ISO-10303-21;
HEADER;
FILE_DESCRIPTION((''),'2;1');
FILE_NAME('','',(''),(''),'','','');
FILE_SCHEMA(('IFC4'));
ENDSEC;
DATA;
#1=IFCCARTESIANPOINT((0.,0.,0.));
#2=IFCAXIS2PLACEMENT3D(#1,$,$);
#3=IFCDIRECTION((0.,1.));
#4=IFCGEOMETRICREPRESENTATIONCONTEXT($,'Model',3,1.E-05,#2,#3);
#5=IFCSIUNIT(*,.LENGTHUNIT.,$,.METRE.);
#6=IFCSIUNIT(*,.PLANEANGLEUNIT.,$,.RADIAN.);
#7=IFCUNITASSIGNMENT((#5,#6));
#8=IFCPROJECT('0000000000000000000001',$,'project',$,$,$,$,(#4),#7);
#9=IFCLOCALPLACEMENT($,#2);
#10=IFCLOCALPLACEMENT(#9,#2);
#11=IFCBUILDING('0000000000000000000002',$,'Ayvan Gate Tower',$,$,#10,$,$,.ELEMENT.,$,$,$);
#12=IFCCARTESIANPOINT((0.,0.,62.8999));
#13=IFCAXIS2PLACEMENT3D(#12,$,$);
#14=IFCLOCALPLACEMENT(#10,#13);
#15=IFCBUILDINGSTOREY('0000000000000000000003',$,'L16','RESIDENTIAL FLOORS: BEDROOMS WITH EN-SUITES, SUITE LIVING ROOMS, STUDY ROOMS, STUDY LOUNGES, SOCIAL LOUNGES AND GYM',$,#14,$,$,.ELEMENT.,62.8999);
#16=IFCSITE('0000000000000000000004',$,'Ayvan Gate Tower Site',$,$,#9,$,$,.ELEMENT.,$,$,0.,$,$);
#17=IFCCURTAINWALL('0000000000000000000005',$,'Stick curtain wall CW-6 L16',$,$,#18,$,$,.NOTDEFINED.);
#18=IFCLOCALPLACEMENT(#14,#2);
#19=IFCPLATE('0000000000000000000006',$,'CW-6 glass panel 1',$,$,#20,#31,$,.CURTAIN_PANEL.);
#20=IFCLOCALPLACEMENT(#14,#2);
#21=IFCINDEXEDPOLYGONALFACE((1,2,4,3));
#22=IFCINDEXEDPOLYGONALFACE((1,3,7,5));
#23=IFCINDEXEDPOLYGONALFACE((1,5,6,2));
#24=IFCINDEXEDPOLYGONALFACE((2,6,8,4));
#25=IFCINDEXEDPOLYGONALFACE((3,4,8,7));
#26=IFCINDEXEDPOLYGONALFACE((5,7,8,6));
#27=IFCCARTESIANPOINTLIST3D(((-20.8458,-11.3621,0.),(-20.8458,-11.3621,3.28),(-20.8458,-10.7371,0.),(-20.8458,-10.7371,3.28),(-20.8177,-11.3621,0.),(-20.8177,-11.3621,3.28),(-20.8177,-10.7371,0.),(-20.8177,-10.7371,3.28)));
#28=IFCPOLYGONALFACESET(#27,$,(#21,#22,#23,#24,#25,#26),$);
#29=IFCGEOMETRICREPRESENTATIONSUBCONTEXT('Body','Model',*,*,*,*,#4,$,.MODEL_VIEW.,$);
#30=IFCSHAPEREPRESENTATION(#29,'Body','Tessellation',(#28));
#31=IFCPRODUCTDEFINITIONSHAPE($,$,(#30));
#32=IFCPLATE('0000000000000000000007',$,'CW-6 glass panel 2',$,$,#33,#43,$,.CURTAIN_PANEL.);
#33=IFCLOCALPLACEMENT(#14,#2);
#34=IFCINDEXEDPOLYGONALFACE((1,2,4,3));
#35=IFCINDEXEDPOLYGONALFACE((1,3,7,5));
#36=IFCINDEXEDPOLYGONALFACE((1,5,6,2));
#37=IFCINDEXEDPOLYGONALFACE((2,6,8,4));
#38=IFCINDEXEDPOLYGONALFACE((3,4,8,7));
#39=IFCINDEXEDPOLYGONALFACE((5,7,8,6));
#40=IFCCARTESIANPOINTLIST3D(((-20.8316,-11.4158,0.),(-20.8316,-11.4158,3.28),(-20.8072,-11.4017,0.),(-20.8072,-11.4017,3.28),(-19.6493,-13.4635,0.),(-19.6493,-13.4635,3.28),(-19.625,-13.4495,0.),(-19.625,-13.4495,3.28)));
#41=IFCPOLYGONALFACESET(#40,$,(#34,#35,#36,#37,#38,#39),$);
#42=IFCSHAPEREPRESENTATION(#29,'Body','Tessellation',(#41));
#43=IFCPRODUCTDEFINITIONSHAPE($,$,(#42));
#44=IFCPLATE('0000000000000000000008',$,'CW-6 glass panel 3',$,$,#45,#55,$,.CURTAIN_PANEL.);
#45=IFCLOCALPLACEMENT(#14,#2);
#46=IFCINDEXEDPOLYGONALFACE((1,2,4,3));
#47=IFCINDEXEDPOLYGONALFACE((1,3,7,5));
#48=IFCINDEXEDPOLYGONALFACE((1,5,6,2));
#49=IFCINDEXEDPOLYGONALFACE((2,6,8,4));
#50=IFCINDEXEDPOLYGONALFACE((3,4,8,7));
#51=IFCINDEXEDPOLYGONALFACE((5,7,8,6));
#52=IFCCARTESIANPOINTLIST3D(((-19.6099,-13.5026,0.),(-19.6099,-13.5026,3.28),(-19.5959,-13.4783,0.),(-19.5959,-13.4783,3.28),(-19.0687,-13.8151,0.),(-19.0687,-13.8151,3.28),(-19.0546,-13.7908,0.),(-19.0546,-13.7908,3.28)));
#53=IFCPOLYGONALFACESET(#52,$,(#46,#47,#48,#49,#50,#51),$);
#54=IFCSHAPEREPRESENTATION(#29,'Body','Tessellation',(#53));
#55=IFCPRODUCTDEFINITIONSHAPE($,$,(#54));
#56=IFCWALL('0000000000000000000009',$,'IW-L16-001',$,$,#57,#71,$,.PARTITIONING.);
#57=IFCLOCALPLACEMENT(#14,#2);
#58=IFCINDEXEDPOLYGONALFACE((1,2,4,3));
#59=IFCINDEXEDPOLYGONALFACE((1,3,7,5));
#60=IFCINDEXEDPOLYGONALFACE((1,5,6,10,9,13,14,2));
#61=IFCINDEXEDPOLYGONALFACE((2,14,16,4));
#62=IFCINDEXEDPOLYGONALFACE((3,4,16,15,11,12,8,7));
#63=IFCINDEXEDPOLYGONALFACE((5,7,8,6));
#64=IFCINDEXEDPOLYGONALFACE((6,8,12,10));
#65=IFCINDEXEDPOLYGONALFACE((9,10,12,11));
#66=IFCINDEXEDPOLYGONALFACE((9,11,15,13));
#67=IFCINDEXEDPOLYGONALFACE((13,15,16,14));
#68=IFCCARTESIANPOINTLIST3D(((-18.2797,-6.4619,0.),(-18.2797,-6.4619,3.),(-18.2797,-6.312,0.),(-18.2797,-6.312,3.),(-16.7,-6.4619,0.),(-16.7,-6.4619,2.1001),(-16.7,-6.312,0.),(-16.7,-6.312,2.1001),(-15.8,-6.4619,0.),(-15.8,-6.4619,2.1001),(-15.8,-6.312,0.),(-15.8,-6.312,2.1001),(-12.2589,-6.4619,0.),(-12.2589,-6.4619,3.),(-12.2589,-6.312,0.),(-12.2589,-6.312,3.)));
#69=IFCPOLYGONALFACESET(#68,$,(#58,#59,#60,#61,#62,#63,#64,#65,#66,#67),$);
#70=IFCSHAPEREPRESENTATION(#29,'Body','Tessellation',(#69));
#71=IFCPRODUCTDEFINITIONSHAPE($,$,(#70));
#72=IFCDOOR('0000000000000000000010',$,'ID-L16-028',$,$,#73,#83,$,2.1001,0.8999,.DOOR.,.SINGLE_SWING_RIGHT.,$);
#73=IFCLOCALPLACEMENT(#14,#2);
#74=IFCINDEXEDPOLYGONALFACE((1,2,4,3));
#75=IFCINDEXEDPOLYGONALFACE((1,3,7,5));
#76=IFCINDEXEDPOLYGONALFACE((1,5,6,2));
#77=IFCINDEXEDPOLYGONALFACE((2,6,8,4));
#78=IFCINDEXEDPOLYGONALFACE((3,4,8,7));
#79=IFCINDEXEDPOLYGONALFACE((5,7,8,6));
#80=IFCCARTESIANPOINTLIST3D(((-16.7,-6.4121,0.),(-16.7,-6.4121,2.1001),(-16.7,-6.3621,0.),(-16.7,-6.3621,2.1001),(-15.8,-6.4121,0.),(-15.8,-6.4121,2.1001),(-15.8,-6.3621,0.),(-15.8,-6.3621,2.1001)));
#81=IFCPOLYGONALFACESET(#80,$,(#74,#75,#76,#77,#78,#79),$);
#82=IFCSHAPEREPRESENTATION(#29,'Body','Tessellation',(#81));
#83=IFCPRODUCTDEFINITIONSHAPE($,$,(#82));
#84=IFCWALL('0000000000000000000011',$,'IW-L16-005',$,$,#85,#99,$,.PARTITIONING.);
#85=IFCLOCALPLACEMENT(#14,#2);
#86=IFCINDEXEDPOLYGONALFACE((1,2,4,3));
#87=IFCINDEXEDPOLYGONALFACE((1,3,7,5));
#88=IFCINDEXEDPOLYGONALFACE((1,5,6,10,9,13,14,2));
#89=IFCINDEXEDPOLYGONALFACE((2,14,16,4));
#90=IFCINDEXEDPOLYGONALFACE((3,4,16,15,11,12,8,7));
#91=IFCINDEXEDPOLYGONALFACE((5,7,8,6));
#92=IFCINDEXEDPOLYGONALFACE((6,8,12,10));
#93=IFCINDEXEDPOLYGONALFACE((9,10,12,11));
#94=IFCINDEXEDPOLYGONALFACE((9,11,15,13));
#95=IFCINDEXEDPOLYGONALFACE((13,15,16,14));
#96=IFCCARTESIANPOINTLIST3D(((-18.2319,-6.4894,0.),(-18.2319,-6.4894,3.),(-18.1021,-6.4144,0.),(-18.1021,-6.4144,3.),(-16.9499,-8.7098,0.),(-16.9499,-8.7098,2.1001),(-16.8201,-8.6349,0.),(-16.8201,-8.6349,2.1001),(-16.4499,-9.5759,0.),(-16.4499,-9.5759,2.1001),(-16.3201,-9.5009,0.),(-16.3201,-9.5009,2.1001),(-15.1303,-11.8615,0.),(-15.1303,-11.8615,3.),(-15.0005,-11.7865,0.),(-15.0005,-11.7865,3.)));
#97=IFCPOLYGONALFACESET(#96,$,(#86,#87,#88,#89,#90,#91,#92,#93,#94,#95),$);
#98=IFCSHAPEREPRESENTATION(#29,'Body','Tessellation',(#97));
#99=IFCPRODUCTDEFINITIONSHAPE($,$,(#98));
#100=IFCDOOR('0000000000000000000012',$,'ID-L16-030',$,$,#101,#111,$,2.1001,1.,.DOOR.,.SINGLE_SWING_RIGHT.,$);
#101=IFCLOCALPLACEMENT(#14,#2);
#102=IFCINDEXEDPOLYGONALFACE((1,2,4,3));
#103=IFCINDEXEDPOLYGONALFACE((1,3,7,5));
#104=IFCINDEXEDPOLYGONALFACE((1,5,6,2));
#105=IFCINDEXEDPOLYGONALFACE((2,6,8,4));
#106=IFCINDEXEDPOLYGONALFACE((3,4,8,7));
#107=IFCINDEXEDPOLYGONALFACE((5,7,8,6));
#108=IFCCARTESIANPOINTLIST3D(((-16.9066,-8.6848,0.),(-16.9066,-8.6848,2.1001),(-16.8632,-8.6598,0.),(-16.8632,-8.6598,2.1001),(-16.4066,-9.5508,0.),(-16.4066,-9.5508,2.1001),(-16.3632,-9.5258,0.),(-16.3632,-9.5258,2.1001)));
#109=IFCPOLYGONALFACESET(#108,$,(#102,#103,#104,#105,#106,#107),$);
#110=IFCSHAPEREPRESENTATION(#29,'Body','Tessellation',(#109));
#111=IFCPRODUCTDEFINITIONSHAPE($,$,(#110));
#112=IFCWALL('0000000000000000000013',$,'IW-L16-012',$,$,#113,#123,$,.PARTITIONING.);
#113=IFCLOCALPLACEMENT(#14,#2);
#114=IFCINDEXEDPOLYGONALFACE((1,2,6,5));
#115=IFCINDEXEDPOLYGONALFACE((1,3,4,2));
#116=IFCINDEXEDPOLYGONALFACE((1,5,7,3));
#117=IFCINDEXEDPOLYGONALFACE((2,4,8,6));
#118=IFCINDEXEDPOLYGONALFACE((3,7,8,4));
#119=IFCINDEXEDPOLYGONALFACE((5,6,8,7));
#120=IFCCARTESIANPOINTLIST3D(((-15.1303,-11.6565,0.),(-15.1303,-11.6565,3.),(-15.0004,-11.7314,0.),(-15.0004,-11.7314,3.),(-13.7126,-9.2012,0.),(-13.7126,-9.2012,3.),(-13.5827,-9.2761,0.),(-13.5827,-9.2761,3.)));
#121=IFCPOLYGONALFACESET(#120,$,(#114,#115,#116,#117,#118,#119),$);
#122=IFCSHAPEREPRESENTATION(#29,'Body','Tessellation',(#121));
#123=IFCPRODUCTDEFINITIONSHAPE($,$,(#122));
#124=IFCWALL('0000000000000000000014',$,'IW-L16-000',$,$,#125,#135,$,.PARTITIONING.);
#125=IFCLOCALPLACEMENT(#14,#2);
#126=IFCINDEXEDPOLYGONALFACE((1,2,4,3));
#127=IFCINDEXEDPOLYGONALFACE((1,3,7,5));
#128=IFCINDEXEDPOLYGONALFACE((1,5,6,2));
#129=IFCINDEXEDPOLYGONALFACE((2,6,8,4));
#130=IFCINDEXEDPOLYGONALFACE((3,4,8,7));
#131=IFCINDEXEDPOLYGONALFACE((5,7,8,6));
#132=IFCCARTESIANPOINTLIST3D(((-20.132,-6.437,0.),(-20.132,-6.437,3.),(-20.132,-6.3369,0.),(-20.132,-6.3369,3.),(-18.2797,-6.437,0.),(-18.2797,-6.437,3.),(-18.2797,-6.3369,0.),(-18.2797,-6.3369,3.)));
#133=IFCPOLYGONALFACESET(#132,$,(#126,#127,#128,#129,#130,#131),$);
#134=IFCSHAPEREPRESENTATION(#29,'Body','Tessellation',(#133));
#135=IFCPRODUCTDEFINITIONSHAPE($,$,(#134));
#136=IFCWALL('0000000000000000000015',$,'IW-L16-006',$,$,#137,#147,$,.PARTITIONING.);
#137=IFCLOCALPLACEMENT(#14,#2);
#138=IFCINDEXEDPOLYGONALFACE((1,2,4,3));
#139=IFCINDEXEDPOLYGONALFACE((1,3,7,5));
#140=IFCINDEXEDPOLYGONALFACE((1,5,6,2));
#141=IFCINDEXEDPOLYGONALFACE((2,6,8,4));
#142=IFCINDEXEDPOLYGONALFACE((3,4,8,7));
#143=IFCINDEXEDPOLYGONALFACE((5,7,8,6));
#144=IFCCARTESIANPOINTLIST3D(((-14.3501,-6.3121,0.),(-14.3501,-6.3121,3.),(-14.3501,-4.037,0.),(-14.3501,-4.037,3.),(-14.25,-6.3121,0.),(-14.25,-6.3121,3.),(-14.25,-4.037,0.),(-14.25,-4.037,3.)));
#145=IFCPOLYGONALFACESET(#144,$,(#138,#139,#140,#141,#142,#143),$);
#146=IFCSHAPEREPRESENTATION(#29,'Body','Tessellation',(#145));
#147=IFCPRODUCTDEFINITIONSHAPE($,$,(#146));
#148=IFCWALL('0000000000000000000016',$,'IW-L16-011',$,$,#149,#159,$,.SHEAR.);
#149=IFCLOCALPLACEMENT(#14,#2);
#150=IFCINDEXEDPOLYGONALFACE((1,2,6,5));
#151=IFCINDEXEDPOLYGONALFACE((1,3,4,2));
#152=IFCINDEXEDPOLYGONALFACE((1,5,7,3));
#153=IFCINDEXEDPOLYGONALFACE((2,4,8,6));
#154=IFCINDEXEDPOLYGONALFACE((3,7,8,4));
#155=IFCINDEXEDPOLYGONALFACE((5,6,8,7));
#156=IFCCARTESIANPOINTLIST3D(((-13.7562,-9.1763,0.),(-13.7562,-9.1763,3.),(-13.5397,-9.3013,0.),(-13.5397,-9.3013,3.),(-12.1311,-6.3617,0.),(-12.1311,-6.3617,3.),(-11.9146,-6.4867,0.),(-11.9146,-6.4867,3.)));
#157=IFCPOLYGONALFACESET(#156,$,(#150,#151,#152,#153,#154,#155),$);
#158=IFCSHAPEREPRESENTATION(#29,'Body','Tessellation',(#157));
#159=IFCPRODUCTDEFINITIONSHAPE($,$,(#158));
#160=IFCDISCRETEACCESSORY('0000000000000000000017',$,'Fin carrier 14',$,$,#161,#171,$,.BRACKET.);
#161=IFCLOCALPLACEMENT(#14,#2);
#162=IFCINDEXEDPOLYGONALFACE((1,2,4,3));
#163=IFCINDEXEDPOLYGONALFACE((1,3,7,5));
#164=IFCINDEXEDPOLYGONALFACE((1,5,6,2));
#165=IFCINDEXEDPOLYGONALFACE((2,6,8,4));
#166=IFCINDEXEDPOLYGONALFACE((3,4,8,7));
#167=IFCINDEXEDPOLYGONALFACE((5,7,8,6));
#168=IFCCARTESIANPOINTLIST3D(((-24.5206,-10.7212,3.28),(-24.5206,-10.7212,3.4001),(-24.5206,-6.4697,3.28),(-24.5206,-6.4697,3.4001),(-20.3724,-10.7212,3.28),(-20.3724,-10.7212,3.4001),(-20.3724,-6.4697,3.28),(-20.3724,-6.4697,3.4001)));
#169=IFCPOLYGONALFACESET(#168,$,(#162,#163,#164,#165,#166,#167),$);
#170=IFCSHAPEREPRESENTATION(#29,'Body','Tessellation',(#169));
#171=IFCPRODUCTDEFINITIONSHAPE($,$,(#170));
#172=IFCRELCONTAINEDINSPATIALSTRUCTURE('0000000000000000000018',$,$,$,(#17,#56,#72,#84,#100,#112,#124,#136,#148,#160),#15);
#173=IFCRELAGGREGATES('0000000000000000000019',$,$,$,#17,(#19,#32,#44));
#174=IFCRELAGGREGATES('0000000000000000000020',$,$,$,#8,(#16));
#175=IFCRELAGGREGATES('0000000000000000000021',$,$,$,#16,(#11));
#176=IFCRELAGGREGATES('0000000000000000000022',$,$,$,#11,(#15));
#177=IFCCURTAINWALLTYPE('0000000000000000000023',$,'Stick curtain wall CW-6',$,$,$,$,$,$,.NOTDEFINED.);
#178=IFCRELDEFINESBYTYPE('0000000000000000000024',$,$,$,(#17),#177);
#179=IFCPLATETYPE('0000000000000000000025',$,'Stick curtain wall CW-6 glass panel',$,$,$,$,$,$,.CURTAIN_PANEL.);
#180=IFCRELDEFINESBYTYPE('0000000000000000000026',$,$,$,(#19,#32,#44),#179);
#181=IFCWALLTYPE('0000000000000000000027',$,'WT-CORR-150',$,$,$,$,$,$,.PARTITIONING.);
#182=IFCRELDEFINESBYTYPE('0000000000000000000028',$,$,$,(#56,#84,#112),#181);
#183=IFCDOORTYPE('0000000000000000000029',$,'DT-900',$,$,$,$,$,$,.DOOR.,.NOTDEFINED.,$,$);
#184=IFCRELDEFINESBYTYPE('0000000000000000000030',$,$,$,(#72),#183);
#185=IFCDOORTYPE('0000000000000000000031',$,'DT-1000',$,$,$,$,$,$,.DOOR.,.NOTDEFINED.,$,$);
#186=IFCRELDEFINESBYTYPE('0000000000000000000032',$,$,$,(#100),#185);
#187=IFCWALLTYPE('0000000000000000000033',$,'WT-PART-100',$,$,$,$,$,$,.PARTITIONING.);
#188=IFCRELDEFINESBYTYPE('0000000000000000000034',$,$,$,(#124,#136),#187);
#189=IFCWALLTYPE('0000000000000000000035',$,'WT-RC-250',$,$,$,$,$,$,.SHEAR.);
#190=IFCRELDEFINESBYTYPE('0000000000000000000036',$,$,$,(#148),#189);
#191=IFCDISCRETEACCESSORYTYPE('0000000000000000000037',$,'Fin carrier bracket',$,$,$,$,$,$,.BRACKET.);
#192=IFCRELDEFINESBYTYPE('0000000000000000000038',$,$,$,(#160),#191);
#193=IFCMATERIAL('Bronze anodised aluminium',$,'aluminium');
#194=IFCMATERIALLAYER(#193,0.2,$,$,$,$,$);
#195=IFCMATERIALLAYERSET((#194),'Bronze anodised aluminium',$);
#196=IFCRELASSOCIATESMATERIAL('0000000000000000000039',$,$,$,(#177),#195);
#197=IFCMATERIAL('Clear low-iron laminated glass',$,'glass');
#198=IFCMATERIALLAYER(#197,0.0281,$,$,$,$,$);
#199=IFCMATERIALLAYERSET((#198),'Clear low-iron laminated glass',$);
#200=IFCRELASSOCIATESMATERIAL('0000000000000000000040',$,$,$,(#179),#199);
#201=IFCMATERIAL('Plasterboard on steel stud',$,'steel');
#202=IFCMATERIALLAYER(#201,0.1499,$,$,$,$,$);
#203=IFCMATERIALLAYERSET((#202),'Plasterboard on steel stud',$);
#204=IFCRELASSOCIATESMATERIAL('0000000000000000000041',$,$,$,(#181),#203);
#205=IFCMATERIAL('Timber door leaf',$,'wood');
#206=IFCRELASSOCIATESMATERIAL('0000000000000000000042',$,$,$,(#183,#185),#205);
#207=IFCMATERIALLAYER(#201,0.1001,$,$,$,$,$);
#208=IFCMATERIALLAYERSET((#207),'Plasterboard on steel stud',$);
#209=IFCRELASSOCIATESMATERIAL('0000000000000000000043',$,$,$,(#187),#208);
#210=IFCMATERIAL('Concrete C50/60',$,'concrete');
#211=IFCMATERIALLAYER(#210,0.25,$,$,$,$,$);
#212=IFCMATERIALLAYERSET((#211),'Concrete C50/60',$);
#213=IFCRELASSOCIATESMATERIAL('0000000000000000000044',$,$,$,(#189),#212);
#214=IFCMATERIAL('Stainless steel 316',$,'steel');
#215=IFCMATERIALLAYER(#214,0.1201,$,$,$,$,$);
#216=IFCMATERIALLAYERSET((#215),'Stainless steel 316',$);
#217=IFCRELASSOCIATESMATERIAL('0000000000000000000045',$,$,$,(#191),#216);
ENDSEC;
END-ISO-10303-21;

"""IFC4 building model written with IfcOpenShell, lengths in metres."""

from ifc_helpers import new_model, si_unit, direction, frame, frame_2d, origin, origin_2d, place, context, subcontext, project, spatial, rectangle, extrude, material, layer, layer_set, type_object, element, fill, aggregate, save


model = new_model("IFC4")

# Units and contexts
model_context = context("Model", 3, precision=1e-05, world=origin(), true_north=direction((0.0, 1.0)))
body_context = subcontext(model_context, "Body", "Model", "MODEL_VIEW")
ifc_project = project(units=[si_unit("LENGTHUNIT", "METRE"), si_unit("PLANEANGLEUNIT", "RADIAN")], contexts=[model_context])

# Site, building, storey
site_placement = place(None, origin())
site = spatial("IfcSite", under=ifc_project, at=site_placement, Name="Ayvan Gate Tower Site", CompositionType="ELEMENT", RefElevation=0.0)
building_placement = place(site_placement, origin())
building = spatial("IfcBuilding", under=site, at=building_placement, Name="Ayvan Gate Tower", CompositionType="ELEMENT")
storey_placement = place(building_placement, frame((0.0, 0.0, 62.8999)))
storey = spatial("IfcBuildingStorey", under=building, at=storey_placement, Name="L16", Description="RESIDENTIAL FLOORS: BEDROOMS WITH EN-SUITES, SUITE LIVING ROOMS, STUDY ROOMS, STUDY LOUNGES, SOCIAL LOUNGES AND GYM", CompositionType="ELEMENT", Elevation=62.8999)

# Curtain wall
ifc_material_1 = material(Name="Bronze anodised aluminium", Category="aluminium")
ifc_layer_1 = layer(ifc_material_1, 0.2)
ifc_layer_set_1 = layer_set([ifc_layer_1], Name="Bronze anodised aluminium")
curtain_wall_type_1 = type_object("IfcCurtainWallType", Name="Stick curtain wall CW-6", PredefinedType="NOTDEFINED", material=ifc_layer_set_1)
curtain_wall_1_placement = place(storey_placement, origin())
curtain_wall_1 = element("IfcCurtainWall", 1, at=curtain_wall_1_placement, inside=storey, type_object=curtain_wall_type_1, Name="Stick curtain wall CW-6 L16", PredefinedType="NOTDEFINED")

# Plates
ifc_material_2 = material(Name="Clear low-iron laminated glass", Category="glass")
ifc_layer_2 = layer(ifc_material_2, 0.0281)
ifc_layer_set_2 = layer_set([ifc_layer_2], Name="Clear low-iron laminated glass")
plate_type_1 = type_object("IfcPlateType", Name="Stick curtain wall CW-6 glass panel", PredefinedType="CURTAIN_PANEL", material=ifc_layer_set_2)
plate_1_placement = place(storey_placement, frame((-20.8318, -11.0496, 0.0), z_axis=(0.0, 0.0, 1.0), x_axis=(0.0, -1.0, 0.0)))
plate_1 = element("IfcPlate", 2, at=plate_1_placement, type_object=plate_type_1, Name="CW-6 glass panel 1", PredefinedType="CURTAIN_PANEL", context=body_context, shape_type="SweptSolid", body=[
    extrude(rectangle(XDim=0.625, YDim=0.0281, at=origin_2d()), origin(), (0.0, 0.0, 1.0), 3.28),
])
plate_2_placement = place(storey_placement, frame((-20.2283, -12.4326, 0.0), z_axis=(0.0, 0.0, 1.0), x_axis=(0.5, -0.866025, 0.0)))
plate_2 = element("IfcPlate", 3, at=plate_2_placement, type_object=plate_type_1, Name="CW-6 glass panel 2", PredefinedType="CURTAIN_PANEL", context=body_context, shape_type="SweptSolid", body=[
    extrude(rectangle(XDim=2.3645, YDim=0.0281, at=origin_2d()), origin(), (0.0, 0.0, 1.0), 3.28),
])
plate_3_placement = place(storey_placement, frame((-19.3323, -13.6467, 0.0), z_axis=(0.0, 0.0, 1.0), x_axis=(0.866025, -0.5, 0.0)))
plate_3 = element("IfcPlate", 4, at=plate_3_placement, type_object=plate_type_1, Name="CW-6 glass panel 3", PredefinedType="CURTAIN_PANEL", context=body_context, shape_type="SweptSolid", body=[
    extrude(rectangle(XDim=0.625, YDim=0.0281, at=origin_2d()), origin(), (0.0, 0.0, 1.0), 3.28),
])
aggregate(curtain_wall_1, [plate_1, plate_2, plate_3])

# Walls, openings, doors
ifc_material_3 = material(Name="Plasterboard on steel stud", Category="steel")
ifc_layer_3 = layer(ifc_material_3, 0.1499)
ifc_layer_set_3 = layer_set([ifc_layer_3], Name="Plasterboard on steel stud")
wall_type_1 = type_object("IfcWallType", Name="WT-CORR-150", PredefinedType="PARTITIONING", material=ifc_layer_set_3)
wall_1_placement = place(storey_placement, frame((-18.2795, -6.387, 0.0), z_axis=(0.0, 0.0, 1.0), x_axis=(1.0, 0.0, 0.0)))
wall_1 = element("IfcWall", 5, at=wall_1_placement, inside=storey, type_object=wall_type_1, Name="IW-L16-001", PredefinedType="PARTITIONING", context=body_context, shape_type="SweptSolid", body=[
    extrude(rectangle(XDim=6.0208, YDim=0.1499, at=frame_2d((3.0103, 0.0))), origin(), (0.0, 0.0, 1.0), 3.0),
])
opening_1_placement = place(wall_1_placement, frame((1.5796, 0.0, 0.0)))
opening_1 = element("IfcOpeningElement", 6, at=opening_1_placement, cuts=wall_1, PredefinedType="OPENING", context=body_context, shape_type="SweptSolid", body=[
    extrude(rectangle(XDim=0.8999, YDim=2.1001, at=frame_2d((0.45, 1.05))), frame((0.0, 0.085, 0.0), z_axis=(0.0, -1.0, 0.0), x_axis=(1.0, 0.0, 0.0)), (0.0, 0.0, 1.0), 0.1699),
])
ifc_material_4 = material(Name="Timber door leaf", Category="wood")
door_type_1 = type_object("IfcDoorType", Name="DT-900", OperationType="NOTDEFINED", PredefinedType="DOOR", material=ifc_material_4)
door_1_placement = place(opening_1_placement, origin())
door_1 = element("IfcDoor", 7, at=door_1_placement, inside=storey, type_object=door_type_1, Name="ID-L16-028", OperationType="SINGLE_SWING_RIGHT", OverallHeight=2.1001, OverallWidth=0.8999, PredefinedType="DOOR", context=body_context, shape_type="SweptSolid", body=[
    extrude(rectangle(XDim=0.8999, YDim=2.1001, at=frame_2d((0.45, 1.05))), frame((0.0, 0.0249, 0.0), z_axis=(0.0, -1.0, 0.0), x_axis=(1.0, 0.0, 0.0)), (0.0, 0.0, 1.0), 0.05),
])
fill(opening_1, door_1)
wall_2_placement = place(storey_placement, frame((-15.0654, -11.824, 0.0), z_axis=(0.0, 0.0, 1.0), x_axis=(-0.5, 0.866026, 0.0)))
wall_2 = element("IfcWall", 8, at=wall_2_placement, inside=storey, type_object=wall_type_1, Name="IW-L16-005", PredefinedType="PARTITIONING", context=body_context, shape_type="SweptSolid", body=[
    extrude(rectangle(XDim=6.2031, YDim=0.1499, at=frame_2d((3.1016, 0.0))), origin(), (0.0, 0.0, 1.0), 3.0),
])
opening_2_placement = place(wall_2_placement, frame((2.6392, 0.0, 0.0)))
opening_2 = element("IfcOpeningElement", 9, at=opening_2_placement, cuts=wall_2, PredefinedType="OPENING", context=body_context, shape_type="SweptSolid", body=[
    extrude(rectangle(XDim=1.0, YDim=2.1001, at=frame_2d((0.5, 1.05))), frame((0.0, 0.085, 0.0), z_axis=(0.0, -1.0, 0.0), x_axis=(1.0, 0.0, 0.0)), (0.0, 0.0, 1.0), 0.1699),
])
door_type_2 = type_object("IfcDoorType", Name="DT-1000", OperationType="NOTDEFINED", PredefinedType="DOOR", material=ifc_material_4)
door_2_placement = place(opening_2_placement, origin())
door_2 = element("IfcDoor", 10, at=door_2_placement, inside=storey, type_object=door_type_2, Name="ID-L16-030", OperationType="SINGLE_SWING_RIGHT", OverallHeight=2.1001, OverallWidth=1.0, PredefinedType="DOOR", context=body_context, shape_type="SweptSolid", body=[
    extrude(rectangle(XDim=1.0, YDim=2.1001, at=frame_2d((0.5, 1.05))), frame((0.0, 0.0249, 0.0), z_axis=(0.0, -1.0, 0.0), x_axis=(1.0, 0.0, 0.0)), (0.0, 0.0, 1.0), 0.05),
])
fill(opening_2, door_2)

# Walls
wall_3_placement = place(storey_placement, frame((-13.6477, -9.2388, 0.0), z_axis=(0.0, 0.0, 1.0), x_axis=(-0.500038, -0.866003, 0.0)))
element("IfcWall", 11, at=wall_3_placement, inside=storey, type_object=wall_type_1, Name="IW-L16-012", PredefinedType="PARTITIONING", context=body_context, shape_type="SweptSolid", body=[
    extrude(rectangle(XDim=2.8352, YDim=0.1499, at=frame_2d((1.4175, 0.0))), origin(), (0.0, 0.0, 1.0), 3.0),
])
ifc_layer_4 = layer(ifc_material_3, 0.1001)
ifc_layer_set_4 = layer_set([ifc_layer_4], Name="Plasterboard on steel stud")
wall_type_2 = type_object("IfcWallType", Name="WT-PART-100", PredefinedType="PARTITIONING", material=ifc_layer_set_4)
wall_4_placement = place(storey_placement, frame((-18.2795, -6.387, 0.0), z_axis=(0.0, 0.0, 1.0), x_axis=(-1.0, 0.0, 0.0)))
element("IfcWall", 12, at=wall_4_placement, inside=storey, type_object=wall_type_2, Name="IW-L16-000", PredefinedType="PARTITIONING", context=body_context, shape_type="SweptSolid", body=[
    extrude(rectangle(XDim=1.8523, YDim=0.1001, at=frame_2d((0.9263, 0.0))), origin(), (0.0, 0.0, 1.0), 3.0),
])
wall_5_placement = place(storey_placement, frame((-14.3, -4.0369, 0.0), z_axis=(0.0, 0.0, 1.0), x_axis=(0.0, -1.0, 0.0)))
element("IfcWall", 13, at=wall_5_placement, inside=storey, type_object=wall_type_2, Name="IW-L16-006", PredefinedType="PARTITIONING", context=body_context, shape_type="SweptSolid", body=[
    extrude(rectangle(XDim=2.2751, YDim=0.1001, at=frame_2d((1.1377, 0.0))), origin(), (0.0, 0.0, 1.0), 3.0),
])
ifc_material_5 = material(Name="Concrete C50/60", Category="concrete")
ifc_layer_5 = layer(ifc_material_5, 0.25)
ifc_layer_set_5 = layer_set([ifc_layer_5], Name="Concrete C50/60")
wall_type_3 = type_object("IfcWallType", Name="WT-RC-250", PredefinedType="SHEAR", material=ifc_layer_set_5)
wall_6_placement = place(storey_placement, frame((-13.6479, -9.2388, 0.0), z_axis=(0.0, 0.0, 1.0), x_axis=(0.500017, 0.866015, 0.0)))
element("IfcWall", 14, at=wall_6_placement, inside=storey, type_object=wall_type_3, Name="IW-L16-011", PredefinedType="SHEAR", context=body_context, shape_type="SweptSolid", body=[
    extrude(rectangle(XDim=3.25, YDim=0.25, at=frame_2d((1.625, 0.0))), origin(), (0.0, 0.0, 1.0), 3.0),
])

# Discrete accessory
ifc_material_6 = material(Name="Stainless steel 316", Category="steel")
ifc_layer_6 = layer(ifc_material_6, 0.1201)
ifc_layer_set_6 = layer_set([ifc_layer_6], Name="Stainless steel 316")
discrete_accessory_type = type_object("IfcDiscreteAccessoryType", Name="Fin carrier bracket", PredefinedType="BRACKET", material=ifc_layer_set_6)
discrete_accessory_1_placement = place(storey_placement, frame((-22.4465, -8.5955, 3.28), z_axis=(0.0, 0.0, 1.0), x_axis=(0.0, -1.0, 0.0)))
element("IfcDiscreteAccessory", 15, at=discrete_accessory_1_placement, inside=storey, type_object=discrete_accessory_type, Name="Fin carrier 14", PredefinedType="BRACKET", context=body_context, shape_type="SweptSolid", body=[
    extrude(rectangle(XDim=4.2515, YDim=4.1482, at=origin_2d()), origin(), (0.0, 0.0, 1.0), 0.1201),
])

save(model, "model.ifc")
